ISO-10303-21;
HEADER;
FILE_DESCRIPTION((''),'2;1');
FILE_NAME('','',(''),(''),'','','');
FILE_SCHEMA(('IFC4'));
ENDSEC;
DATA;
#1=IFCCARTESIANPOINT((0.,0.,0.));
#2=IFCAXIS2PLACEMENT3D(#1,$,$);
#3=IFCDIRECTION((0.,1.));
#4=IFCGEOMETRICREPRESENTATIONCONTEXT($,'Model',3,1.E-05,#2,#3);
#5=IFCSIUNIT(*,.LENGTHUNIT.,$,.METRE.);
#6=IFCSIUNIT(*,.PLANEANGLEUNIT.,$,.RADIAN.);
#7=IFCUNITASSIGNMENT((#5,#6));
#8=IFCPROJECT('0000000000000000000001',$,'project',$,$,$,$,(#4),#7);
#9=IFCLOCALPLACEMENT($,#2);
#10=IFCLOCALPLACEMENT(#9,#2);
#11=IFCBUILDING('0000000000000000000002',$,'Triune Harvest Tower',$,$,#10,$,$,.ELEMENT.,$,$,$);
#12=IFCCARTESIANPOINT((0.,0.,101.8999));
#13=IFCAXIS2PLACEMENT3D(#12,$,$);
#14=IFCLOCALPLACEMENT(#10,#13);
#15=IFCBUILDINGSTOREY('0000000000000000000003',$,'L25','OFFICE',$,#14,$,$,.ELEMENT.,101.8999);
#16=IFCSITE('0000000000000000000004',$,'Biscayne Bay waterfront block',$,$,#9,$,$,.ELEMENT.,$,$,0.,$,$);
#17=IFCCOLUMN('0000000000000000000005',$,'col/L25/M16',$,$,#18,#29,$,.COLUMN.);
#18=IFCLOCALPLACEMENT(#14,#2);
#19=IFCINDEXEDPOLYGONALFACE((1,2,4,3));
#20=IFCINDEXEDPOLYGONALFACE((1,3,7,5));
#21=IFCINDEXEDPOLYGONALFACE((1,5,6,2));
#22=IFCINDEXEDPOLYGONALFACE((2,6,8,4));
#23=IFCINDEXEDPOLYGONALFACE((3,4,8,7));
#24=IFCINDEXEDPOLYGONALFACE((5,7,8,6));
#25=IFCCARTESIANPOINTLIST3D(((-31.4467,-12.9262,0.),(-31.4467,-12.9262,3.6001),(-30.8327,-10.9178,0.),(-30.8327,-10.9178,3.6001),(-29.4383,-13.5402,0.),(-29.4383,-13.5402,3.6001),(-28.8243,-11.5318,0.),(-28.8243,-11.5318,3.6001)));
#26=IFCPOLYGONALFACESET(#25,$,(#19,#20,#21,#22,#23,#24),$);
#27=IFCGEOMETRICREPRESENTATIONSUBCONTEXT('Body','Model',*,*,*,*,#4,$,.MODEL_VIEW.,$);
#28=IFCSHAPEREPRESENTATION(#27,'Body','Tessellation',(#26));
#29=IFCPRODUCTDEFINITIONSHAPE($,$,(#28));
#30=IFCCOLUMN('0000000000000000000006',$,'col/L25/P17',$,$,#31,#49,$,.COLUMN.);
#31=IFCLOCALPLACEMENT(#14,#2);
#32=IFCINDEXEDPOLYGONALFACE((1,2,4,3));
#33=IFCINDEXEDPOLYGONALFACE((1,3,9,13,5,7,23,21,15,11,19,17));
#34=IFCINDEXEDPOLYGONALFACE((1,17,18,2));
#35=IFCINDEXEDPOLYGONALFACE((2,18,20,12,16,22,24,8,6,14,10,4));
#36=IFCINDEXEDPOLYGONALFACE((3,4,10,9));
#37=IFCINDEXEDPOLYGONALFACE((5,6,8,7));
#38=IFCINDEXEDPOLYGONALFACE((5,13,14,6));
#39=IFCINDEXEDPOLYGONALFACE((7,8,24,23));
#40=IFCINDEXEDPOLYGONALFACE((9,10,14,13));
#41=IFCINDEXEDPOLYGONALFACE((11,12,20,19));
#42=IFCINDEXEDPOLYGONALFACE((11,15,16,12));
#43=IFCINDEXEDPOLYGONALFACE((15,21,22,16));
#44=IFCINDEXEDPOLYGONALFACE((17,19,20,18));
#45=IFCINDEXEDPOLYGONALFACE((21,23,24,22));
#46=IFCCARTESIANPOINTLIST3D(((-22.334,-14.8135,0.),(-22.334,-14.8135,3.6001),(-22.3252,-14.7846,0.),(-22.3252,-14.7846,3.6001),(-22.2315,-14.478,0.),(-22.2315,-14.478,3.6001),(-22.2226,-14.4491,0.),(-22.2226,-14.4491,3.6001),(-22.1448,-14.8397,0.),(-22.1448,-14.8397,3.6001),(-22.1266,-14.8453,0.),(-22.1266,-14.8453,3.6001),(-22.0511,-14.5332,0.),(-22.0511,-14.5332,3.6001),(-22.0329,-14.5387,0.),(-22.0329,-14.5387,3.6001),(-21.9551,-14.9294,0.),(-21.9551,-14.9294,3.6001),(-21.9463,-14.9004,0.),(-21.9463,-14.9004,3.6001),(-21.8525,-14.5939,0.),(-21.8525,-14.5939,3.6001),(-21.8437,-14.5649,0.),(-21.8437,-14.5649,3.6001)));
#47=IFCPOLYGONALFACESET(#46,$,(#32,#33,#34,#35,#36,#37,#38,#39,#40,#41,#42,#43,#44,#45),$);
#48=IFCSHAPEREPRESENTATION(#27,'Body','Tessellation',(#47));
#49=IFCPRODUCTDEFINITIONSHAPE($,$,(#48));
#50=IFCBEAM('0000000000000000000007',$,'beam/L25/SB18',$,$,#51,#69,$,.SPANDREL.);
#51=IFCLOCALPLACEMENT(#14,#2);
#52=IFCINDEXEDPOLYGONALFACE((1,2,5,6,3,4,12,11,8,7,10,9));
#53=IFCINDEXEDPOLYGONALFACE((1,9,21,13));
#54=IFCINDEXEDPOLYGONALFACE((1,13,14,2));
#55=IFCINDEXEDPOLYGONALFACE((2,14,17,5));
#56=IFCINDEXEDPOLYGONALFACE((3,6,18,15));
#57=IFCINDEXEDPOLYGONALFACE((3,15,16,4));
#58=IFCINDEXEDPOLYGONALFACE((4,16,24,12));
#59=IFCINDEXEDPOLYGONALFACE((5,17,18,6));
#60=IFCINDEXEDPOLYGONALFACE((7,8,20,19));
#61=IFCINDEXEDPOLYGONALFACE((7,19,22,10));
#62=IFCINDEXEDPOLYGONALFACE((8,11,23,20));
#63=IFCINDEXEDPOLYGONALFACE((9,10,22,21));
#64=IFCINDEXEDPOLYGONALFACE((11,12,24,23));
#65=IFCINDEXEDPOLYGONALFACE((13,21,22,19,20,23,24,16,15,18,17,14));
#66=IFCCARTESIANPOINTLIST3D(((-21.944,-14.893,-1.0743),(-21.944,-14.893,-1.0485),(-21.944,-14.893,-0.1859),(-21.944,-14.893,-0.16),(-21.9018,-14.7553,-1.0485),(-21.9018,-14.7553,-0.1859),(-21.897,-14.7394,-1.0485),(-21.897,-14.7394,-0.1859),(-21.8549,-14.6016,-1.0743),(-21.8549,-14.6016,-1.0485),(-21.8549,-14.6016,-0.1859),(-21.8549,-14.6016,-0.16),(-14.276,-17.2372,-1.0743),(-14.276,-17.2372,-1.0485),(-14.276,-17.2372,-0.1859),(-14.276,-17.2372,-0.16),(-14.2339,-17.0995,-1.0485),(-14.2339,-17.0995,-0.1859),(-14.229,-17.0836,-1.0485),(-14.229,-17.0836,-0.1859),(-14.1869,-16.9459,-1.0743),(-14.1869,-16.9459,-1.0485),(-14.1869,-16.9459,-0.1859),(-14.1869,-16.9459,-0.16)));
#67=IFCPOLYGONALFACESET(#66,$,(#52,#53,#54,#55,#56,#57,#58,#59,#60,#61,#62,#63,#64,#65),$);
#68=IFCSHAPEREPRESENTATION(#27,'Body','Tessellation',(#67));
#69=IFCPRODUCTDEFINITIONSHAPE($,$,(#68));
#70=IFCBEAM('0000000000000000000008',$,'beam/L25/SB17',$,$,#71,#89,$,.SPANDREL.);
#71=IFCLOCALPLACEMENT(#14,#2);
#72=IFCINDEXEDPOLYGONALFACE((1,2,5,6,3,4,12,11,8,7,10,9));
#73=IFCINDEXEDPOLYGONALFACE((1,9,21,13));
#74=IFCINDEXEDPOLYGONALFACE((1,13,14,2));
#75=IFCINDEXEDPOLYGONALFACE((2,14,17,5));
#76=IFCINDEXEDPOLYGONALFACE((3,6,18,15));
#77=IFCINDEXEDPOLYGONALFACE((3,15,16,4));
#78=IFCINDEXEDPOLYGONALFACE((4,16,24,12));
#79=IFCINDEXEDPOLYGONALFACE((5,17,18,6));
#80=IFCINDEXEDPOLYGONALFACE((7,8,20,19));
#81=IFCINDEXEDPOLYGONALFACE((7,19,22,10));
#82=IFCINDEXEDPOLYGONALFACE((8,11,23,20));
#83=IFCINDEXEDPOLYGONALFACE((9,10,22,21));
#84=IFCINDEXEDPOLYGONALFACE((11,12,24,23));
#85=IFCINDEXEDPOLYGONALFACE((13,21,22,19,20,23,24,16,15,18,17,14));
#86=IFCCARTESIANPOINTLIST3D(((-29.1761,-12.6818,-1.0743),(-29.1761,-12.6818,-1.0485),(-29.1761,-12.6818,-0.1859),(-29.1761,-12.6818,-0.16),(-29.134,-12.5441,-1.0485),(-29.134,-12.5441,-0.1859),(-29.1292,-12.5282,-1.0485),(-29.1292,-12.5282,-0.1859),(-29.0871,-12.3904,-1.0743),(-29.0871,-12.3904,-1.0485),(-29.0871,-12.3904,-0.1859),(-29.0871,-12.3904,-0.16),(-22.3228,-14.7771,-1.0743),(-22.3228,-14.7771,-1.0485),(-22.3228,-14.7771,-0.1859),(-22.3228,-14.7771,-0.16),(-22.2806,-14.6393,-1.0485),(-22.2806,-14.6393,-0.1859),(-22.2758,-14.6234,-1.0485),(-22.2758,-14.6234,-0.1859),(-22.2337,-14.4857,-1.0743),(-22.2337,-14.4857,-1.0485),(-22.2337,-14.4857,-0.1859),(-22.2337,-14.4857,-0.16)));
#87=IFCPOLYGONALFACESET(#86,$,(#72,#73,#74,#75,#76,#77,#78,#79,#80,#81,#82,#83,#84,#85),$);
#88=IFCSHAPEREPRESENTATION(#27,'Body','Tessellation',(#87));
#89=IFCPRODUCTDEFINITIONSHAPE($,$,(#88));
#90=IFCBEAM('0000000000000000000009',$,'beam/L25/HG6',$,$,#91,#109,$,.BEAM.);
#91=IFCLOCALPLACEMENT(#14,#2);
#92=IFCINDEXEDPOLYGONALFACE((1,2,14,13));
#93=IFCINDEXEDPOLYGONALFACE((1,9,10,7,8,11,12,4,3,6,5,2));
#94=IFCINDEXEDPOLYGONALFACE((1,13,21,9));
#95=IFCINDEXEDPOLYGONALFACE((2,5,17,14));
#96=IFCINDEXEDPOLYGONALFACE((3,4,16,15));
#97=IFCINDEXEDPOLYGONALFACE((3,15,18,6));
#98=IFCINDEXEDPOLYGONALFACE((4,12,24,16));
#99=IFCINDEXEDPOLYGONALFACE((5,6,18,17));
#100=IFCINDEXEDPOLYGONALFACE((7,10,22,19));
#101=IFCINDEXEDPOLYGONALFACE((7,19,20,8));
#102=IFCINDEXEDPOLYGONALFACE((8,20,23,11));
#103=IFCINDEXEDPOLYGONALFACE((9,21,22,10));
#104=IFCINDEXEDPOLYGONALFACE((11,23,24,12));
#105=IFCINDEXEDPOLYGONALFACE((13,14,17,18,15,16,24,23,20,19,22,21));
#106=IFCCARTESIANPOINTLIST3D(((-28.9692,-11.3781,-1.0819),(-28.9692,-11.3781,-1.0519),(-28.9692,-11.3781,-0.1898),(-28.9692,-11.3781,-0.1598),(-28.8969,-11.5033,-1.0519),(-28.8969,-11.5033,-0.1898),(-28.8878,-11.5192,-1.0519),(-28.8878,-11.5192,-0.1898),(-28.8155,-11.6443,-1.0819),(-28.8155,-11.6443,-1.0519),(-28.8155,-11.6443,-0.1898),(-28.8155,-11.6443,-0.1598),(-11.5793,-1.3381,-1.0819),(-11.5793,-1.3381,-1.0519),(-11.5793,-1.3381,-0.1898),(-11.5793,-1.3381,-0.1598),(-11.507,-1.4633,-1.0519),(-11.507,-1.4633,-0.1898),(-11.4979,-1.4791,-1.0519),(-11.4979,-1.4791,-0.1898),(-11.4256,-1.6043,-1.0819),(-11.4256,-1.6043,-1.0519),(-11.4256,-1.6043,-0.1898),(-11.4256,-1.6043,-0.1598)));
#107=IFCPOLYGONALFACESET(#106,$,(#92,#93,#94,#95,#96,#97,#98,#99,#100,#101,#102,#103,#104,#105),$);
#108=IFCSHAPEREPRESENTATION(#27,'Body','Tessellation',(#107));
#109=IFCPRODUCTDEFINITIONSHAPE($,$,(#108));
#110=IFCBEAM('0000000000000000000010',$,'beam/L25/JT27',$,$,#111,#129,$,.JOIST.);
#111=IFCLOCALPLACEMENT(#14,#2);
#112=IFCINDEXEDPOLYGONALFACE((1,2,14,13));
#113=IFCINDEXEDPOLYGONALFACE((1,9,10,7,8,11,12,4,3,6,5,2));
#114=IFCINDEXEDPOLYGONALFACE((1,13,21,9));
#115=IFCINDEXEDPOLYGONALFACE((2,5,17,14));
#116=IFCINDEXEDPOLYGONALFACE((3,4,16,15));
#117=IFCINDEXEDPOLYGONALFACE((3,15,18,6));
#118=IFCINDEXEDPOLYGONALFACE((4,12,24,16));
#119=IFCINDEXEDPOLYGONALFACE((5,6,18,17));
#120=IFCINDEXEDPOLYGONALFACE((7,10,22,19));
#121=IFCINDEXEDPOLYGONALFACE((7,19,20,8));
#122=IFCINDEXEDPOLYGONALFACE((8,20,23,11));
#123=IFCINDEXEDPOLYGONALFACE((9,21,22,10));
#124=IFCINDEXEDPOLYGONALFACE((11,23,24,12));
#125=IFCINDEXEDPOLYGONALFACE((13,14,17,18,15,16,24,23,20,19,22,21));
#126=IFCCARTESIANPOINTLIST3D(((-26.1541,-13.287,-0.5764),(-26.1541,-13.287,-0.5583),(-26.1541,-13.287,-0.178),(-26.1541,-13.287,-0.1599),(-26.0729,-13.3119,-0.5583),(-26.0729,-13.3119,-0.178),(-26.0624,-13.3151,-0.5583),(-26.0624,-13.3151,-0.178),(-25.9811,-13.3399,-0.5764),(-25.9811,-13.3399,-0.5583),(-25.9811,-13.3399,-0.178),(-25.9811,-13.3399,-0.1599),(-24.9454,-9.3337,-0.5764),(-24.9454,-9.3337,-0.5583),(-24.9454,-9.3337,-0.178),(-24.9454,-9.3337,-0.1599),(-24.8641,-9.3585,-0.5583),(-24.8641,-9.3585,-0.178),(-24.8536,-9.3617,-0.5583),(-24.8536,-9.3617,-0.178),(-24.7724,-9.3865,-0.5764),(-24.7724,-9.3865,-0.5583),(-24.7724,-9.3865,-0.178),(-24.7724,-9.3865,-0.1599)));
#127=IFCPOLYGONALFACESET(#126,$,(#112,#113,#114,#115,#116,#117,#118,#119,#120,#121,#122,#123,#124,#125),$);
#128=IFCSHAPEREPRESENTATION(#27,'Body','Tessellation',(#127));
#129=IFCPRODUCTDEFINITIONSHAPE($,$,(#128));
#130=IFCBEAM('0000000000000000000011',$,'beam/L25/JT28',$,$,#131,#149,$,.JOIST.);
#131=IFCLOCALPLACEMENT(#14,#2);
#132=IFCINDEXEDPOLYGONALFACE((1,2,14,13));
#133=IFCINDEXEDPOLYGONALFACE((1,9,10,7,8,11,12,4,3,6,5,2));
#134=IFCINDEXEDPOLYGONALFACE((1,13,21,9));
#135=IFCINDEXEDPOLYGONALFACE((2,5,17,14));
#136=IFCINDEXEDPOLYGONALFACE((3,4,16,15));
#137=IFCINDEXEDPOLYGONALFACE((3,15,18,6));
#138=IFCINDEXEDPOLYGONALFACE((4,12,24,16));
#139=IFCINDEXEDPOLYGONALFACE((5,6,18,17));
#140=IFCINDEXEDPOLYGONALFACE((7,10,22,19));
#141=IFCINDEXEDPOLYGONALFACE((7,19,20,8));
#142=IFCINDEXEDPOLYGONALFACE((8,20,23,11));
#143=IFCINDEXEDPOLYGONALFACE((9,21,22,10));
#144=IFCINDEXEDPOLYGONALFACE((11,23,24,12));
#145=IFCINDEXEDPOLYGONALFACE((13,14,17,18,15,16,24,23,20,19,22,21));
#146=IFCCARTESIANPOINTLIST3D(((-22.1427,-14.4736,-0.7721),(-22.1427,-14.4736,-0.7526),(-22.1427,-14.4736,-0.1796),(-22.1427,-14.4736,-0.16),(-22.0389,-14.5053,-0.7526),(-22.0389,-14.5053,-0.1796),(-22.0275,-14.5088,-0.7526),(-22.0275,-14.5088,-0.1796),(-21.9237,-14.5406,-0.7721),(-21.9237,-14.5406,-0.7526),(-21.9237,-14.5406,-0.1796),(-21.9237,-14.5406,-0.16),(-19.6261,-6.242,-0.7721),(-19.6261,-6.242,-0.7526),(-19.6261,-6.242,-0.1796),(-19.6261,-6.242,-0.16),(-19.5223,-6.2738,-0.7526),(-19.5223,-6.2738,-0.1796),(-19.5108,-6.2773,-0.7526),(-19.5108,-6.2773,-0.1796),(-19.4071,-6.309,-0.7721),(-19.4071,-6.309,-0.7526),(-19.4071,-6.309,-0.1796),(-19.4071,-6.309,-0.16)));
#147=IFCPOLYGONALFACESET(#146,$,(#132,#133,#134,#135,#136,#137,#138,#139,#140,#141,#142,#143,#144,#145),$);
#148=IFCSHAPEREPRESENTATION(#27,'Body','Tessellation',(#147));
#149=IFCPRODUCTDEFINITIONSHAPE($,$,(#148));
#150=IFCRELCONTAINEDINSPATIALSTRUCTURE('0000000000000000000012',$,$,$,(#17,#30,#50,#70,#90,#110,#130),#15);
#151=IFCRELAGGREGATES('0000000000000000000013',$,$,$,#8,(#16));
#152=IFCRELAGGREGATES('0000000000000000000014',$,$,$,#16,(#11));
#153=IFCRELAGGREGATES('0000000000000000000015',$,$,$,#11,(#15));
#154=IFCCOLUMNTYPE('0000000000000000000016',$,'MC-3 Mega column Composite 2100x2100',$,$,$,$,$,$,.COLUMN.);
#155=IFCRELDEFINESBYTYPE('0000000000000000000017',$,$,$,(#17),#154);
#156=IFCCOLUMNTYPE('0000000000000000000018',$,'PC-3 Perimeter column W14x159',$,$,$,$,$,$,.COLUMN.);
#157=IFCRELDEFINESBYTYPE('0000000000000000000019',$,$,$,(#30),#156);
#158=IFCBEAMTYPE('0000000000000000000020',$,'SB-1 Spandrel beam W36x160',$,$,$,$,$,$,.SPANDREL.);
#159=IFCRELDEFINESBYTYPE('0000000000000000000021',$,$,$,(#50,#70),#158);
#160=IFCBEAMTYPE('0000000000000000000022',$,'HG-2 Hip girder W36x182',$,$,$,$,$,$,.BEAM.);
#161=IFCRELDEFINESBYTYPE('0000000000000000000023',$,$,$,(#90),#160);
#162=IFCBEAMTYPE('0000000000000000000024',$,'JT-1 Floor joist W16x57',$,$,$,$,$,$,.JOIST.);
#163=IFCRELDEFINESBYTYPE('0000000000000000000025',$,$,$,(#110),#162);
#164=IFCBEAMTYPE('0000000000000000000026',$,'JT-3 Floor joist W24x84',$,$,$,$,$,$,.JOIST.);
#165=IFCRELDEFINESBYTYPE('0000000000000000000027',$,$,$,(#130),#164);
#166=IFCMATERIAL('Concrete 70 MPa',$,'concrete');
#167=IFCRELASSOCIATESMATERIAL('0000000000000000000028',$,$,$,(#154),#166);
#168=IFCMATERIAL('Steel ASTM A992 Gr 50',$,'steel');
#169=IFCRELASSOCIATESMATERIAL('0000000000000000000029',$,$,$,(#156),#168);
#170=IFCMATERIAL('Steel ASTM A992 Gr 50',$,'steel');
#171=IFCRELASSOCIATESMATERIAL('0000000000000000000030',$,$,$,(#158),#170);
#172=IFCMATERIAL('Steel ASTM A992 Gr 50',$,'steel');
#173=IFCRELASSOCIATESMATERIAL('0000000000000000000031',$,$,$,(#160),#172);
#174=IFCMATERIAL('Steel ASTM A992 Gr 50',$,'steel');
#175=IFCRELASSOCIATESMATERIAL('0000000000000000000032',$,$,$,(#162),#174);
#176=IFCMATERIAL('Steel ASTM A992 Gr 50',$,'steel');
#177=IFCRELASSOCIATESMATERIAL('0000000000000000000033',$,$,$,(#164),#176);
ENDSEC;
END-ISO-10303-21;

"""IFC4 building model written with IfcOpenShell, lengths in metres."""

from ifc_helpers import new_model, si_unit, direction, frame, origin, origin_2d, place, context, subcontext, project, spatial, rectangle, i_section, extrude, source, transform, mapped, material, material_profile, profile_set, type_object, element, save


model = new_model("IFC4")

# Units and contexts
model_context = context("Model", 3, precision=1e-05, world=origin(), true_north=direction((0.0, 1.0)))
body_context = subcontext(model_context, "Body", "Model", "MODEL_VIEW")
ifc_project = project(units=[si_unit("LENGTHUNIT", "METRE"), si_unit("PLANEANGLEUNIT", "RADIAN")], contexts=[model_context])

# Site, building, storey
site_placement = place(None, origin())
site = spatial("IfcSite", under=ifc_project, at=site_placement, Name="Biscayne Bay waterfront block", CompositionType="ELEMENT", RefElevation=0.0)
building_placement = place(site_placement, origin())
building = spatial("IfcBuilding", under=site, at=building_placement, Name="Triune Harvest Tower", CompositionType="ELEMENT")
storey_placement = place(building_placement, frame((0.0, 0.0, 101.8999)))
storey = spatial("IfcBuildingStorey", under=building, at=storey_placement, Name="L25", Description="OFFICE", CompositionType="ELEMENT", Elevation=101.8999)

# Columns
ifc_material_1 = material(Name="Concrete 70 MPa", Category="concrete")
ifc_material_profile_1 = material_profile(ifc_material_1, rectangle(XDim=2.1001, YDim=2.1001, at=origin_2d()), Name="Composite 2100x2100")
ifc_profile_set_1 = profile_set([ifc_material_profile_1], Name="Concrete 70 MPa")
column_type_1 = type_object("IfcColumnType", Name="MC-3 Mega column Composite 2100x2100", PredefinedType="COLUMN", material=ifc_profile_set_1)
shared_shape_1 = source(origin(), body_context, "Body", "SweptSolid", [
    extrude(rectangle(XDim=2.1001, YDim=2.1001, at=origin_2d()), origin(), (0.0, 0.0, 1.0), 3.6001),
])
column_1_placement = place(storey_placement, frame((-30.1355, -12.229, 0.0), z_axis=(0.0, 0.0, 1.0), x_axis=(0.956305, -0.292372, 0.0)))
element("IfcColumn", 1, at=column_1_placement, inside=storey, type_object=column_type_1, Name="col/L25/M16", PredefinedType="COLUMN", context=body_context, shape_type="MappedRepresentation", body=[
    mapped(shared_shape_1, transform((0.0, 0.0, 0.0), scale=1.0)),
])
ifc_material_2 = material(Name="Steel ASTM A992 Gr 50", Category="steel")
ifc_material_profile_2 = material_profile(ifc_material_2, i_section(OverallWidth=0.3962, OverallDepth=0.3811, WebThickness=0.019, FlangeThickness=0.0303, at=origin_2d()), Name="W14x159")
ifc_profile_set_2 = profile_set([ifc_material_profile_2], Name="Steel ASTM A992 Gr 50")
column_type_2 = type_object("IfcColumnType", Name="PC-3 Perimeter column W14x159", PredefinedType="COLUMN", material=ifc_profile_set_2)
shared_shape_2 = source(origin(), body_context, "Body", "SweptSolid", [
    extrude(i_section(OverallWidth=0.3962, OverallDepth=0.3811, WebThickness=0.019, FlangeThickness=0.0303, at=origin_2d()), origin(), (0.0, 0.0, 1.0), 3.6001),
])
column_2_placement = place(storey_placement, frame((-22.0889, -14.6892, 0.0), z_axis=(0.0, 0.0, 1.0), x_axis=(0.956305, -0.292372, 0.0)))
element("IfcColumn", 2, at=column_2_placement, inside=storey, type_object=column_type_2, Name="col/L25/P17", PredefinedType="COLUMN", context=body_context, shape_type="MappedRepresentation", body=[
    mapped(shared_shape_2, transform((0.0, 0.0, 0.0), scale=1.0)),
])

# Beams
ifc_material_3 = material(Name="Steel ASTM A992 Gr 50", Category="steel")
ifc_material_profile_3 = material_profile(ifc_material_3, i_section(OverallWidth=0.3047, OverallDepth=0.9143, WebThickness=0.0166, FlangeThickness=0.0259, at=origin_2d()), Name="W36x160")
ifc_profile_set_3 = profile_set([ifc_material_profile_3], Name="Steel ASTM A992 Gr 50")
beam_type_1 = type_object("IfcBeamType", Name="SB-1 Spandrel beam W36x160", PredefinedType="SPANDREL", material=ifc_profile_set_3)
shared_shape_3 = source(origin(), body_context, "Body", "SweptSolid", [
    extrude(i_section(OverallWidth=0.3047, OverallDepth=0.9143, WebThickness=0.0166, FlangeThickness=0.0259, at=origin_2d()), origin(), (0.0, 0.0, 1.0), 8.0183),
])
beam_1_placement = place(storey_placement, frame((-21.8994, -14.7473, -0.6172), z_axis=(0.956308, -0.292361, 0.0), x_axis=(0.292361, 0.956308, 0.0)))
element("IfcBeam", 3, at=beam_1_placement, inside=storey, type_object=beam_type_1, Name="beam/L25/SB18", PredefinedType="SPANDREL", context=body_context, shape_type="MappedRepresentation", body=[
    mapped(shared_shape_3, transform((0.0, 0.0, 0.0), scale=1.0)),
])
shared_shape_4 = source(origin(), body_context, "Body", "SweptSolid", [
    extrude(i_section(OverallWidth=0.3047, OverallDepth=0.9143, WebThickness=0.0166, FlangeThickness=0.0259, at=origin_2d()), origin(), (0.0, 0.0, 1.0), 7.1665),
])
beam_2_placement = place(storey_placement, frame((-29.1316, -12.5361, -0.6172), z_axis=(0.956306, -0.292367, 0.0), x_axis=(0.292367, 0.956306, 0.0)))
element("IfcBeam", 4, at=beam_2_placement, inside=storey, type_object=beam_type_1, Name="beam/L25/SB17", PredefinedType="SPANDREL", context=body_context, shape_type="MappedRepresentation", body=[
    mapped(shared_shape_4, transform((0.0, 0.0, 0.0), scale=1.0)),
])
ifc_material_4 = material(Name="Steel ASTM A992 Gr 50", Category="steel")
ifc_material_profile_4 = material_profile(ifc_material_4, i_section(OverallWidth=0.3074, OverallDepth=0.9221, WebThickness=0.0183, FlangeThickness=0.03, at=origin_2d()), Name="W36x182")
ifc_profile_set_4 = profile_set([ifc_material_profile_4], Name="Steel ASTM A992 Gr 50")
beam_type_2 = type_object("IfcBeamType", Name="HG-2 Hip girder W36x182", PredefinedType="BEAM", material=ifc_profile_set_4)
shared_shape_5 = source(origin(), body_context, "Body", "SweptSolid", [
    extrude(i_section(OverallWidth=0.3074, OverallDepth=0.9221, WebThickness=0.0183, FlangeThickness=0.03, at=origin_2d()), origin(), (0.0, 0.0, 1.0), 20.0801),
])
beam_3_placement = place(storey_placement, frame((-28.8923, -11.5112, -0.6208), z_axis=(0.866026, 0.499999, 0.0), x_axis=(-0.499999, 0.866026, 0.0)))
element("IfcBeam", 5, at=beam_3_placement, inside=storey, type_object=beam_type_2, Name="beam/L25/HG6", PredefinedType="BEAM", context=body_context, shape_type="MappedRepresentation", body=[
    mapped(shared_shape_5, transform((0.0, 0.0, 0.0), scale=1.0)),
])
ifc_material_5 = material(Name="Steel ASTM A992 Gr 50", Category="steel")
ifc_material_profile_5 = material_profile(ifc_material_5, i_section(OverallWidth=0.1809, OverallDepth=0.4165, WebThickness=0.011, FlangeThickness=0.0181, at=origin_2d()), Name="W16x57")
ifc_profile_set_5 = profile_set([ifc_material_profile_5], Name="Steel ASTM A992 Gr 50")
beam_type_3 = type_object("IfcBeamType", Name="JT-1 Floor joist W16x57", PredefinedType="JOIST", material=ifc_profile_set_5)
shared_shape_6 = source(origin(), body_context, "Body", "SweptSolid", [
    extrude(i_section(OverallWidth=0.1809, OverallDepth=0.4165, WebThickness=0.011, FlangeThickness=0.0181, at=origin_2d()), origin(), (0.0, 0.0, 1.0), 4.134),
])
beam_4_placement = place(storey_placement, frame((-26.0676, -13.3135, -0.3682), z_axis=(0.292388, 0.9563, 0.0), x_axis=(-0.9563, 0.292388, 0.0)))
element("IfcBeam", 6, at=beam_4_placement, inside=storey, type_object=beam_type_3, Name="beam/L25/JT27", PredefinedType="JOIST", context=body_context, shape_type="MappedRepresentation", body=[
    mapped(shared_shape_6, transform((0.0, 0.0, 0.0), scale=1.0)),
])
ifc_material_6 = material(Name="Steel ASTM A992 Gr 50", Category="steel")
ifc_material_profile_6 = material_profile(ifc_material_6, i_section(OverallWidth=0.229, OverallDepth=0.6121, WebThickness=0.012, FlangeThickness=0.0195, at=origin_2d()), Name="W24x84")
ifc_profile_set_6 = profile_set([ifc_material_profile_6], Name="Steel ASTM A992 Gr 50")
beam_type_4 = type_object("IfcBeamType", Name="JT-3 Floor joist W24x84", PredefinedType="JOIST", material=ifc_profile_set_6)
shared_shape_7 = source(origin(), body_context, "Body", "SweptSolid", [
    extrude(i_section(OverallWidth=0.229, OverallDepth=0.6121, WebThickness=0.012, FlangeThickness=0.0195, at=origin_2d()), origin(), (0.0, 0.0, 1.0), 8.6077),
])
beam_5_placement = place(storey_placement, frame((-22.0332, -14.5071, -0.4661), z_axis=(0.292371, 0.956305, 0.0), x_axis=(-0.956305, 0.292371, 0.0)))
element("IfcBeam", 7, at=beam_5_placement, inside=storey, type_object=beam_type_4, Name="beam/L25/JT28", PredefinedType="JOIST", context=body_context, shape_type="MappedRepresentation", body=[
    mapped(shared_shape_7, transform((0.0, 0.0, 0.0), scale=1.0)),
])

save(model, "model.ifc")
